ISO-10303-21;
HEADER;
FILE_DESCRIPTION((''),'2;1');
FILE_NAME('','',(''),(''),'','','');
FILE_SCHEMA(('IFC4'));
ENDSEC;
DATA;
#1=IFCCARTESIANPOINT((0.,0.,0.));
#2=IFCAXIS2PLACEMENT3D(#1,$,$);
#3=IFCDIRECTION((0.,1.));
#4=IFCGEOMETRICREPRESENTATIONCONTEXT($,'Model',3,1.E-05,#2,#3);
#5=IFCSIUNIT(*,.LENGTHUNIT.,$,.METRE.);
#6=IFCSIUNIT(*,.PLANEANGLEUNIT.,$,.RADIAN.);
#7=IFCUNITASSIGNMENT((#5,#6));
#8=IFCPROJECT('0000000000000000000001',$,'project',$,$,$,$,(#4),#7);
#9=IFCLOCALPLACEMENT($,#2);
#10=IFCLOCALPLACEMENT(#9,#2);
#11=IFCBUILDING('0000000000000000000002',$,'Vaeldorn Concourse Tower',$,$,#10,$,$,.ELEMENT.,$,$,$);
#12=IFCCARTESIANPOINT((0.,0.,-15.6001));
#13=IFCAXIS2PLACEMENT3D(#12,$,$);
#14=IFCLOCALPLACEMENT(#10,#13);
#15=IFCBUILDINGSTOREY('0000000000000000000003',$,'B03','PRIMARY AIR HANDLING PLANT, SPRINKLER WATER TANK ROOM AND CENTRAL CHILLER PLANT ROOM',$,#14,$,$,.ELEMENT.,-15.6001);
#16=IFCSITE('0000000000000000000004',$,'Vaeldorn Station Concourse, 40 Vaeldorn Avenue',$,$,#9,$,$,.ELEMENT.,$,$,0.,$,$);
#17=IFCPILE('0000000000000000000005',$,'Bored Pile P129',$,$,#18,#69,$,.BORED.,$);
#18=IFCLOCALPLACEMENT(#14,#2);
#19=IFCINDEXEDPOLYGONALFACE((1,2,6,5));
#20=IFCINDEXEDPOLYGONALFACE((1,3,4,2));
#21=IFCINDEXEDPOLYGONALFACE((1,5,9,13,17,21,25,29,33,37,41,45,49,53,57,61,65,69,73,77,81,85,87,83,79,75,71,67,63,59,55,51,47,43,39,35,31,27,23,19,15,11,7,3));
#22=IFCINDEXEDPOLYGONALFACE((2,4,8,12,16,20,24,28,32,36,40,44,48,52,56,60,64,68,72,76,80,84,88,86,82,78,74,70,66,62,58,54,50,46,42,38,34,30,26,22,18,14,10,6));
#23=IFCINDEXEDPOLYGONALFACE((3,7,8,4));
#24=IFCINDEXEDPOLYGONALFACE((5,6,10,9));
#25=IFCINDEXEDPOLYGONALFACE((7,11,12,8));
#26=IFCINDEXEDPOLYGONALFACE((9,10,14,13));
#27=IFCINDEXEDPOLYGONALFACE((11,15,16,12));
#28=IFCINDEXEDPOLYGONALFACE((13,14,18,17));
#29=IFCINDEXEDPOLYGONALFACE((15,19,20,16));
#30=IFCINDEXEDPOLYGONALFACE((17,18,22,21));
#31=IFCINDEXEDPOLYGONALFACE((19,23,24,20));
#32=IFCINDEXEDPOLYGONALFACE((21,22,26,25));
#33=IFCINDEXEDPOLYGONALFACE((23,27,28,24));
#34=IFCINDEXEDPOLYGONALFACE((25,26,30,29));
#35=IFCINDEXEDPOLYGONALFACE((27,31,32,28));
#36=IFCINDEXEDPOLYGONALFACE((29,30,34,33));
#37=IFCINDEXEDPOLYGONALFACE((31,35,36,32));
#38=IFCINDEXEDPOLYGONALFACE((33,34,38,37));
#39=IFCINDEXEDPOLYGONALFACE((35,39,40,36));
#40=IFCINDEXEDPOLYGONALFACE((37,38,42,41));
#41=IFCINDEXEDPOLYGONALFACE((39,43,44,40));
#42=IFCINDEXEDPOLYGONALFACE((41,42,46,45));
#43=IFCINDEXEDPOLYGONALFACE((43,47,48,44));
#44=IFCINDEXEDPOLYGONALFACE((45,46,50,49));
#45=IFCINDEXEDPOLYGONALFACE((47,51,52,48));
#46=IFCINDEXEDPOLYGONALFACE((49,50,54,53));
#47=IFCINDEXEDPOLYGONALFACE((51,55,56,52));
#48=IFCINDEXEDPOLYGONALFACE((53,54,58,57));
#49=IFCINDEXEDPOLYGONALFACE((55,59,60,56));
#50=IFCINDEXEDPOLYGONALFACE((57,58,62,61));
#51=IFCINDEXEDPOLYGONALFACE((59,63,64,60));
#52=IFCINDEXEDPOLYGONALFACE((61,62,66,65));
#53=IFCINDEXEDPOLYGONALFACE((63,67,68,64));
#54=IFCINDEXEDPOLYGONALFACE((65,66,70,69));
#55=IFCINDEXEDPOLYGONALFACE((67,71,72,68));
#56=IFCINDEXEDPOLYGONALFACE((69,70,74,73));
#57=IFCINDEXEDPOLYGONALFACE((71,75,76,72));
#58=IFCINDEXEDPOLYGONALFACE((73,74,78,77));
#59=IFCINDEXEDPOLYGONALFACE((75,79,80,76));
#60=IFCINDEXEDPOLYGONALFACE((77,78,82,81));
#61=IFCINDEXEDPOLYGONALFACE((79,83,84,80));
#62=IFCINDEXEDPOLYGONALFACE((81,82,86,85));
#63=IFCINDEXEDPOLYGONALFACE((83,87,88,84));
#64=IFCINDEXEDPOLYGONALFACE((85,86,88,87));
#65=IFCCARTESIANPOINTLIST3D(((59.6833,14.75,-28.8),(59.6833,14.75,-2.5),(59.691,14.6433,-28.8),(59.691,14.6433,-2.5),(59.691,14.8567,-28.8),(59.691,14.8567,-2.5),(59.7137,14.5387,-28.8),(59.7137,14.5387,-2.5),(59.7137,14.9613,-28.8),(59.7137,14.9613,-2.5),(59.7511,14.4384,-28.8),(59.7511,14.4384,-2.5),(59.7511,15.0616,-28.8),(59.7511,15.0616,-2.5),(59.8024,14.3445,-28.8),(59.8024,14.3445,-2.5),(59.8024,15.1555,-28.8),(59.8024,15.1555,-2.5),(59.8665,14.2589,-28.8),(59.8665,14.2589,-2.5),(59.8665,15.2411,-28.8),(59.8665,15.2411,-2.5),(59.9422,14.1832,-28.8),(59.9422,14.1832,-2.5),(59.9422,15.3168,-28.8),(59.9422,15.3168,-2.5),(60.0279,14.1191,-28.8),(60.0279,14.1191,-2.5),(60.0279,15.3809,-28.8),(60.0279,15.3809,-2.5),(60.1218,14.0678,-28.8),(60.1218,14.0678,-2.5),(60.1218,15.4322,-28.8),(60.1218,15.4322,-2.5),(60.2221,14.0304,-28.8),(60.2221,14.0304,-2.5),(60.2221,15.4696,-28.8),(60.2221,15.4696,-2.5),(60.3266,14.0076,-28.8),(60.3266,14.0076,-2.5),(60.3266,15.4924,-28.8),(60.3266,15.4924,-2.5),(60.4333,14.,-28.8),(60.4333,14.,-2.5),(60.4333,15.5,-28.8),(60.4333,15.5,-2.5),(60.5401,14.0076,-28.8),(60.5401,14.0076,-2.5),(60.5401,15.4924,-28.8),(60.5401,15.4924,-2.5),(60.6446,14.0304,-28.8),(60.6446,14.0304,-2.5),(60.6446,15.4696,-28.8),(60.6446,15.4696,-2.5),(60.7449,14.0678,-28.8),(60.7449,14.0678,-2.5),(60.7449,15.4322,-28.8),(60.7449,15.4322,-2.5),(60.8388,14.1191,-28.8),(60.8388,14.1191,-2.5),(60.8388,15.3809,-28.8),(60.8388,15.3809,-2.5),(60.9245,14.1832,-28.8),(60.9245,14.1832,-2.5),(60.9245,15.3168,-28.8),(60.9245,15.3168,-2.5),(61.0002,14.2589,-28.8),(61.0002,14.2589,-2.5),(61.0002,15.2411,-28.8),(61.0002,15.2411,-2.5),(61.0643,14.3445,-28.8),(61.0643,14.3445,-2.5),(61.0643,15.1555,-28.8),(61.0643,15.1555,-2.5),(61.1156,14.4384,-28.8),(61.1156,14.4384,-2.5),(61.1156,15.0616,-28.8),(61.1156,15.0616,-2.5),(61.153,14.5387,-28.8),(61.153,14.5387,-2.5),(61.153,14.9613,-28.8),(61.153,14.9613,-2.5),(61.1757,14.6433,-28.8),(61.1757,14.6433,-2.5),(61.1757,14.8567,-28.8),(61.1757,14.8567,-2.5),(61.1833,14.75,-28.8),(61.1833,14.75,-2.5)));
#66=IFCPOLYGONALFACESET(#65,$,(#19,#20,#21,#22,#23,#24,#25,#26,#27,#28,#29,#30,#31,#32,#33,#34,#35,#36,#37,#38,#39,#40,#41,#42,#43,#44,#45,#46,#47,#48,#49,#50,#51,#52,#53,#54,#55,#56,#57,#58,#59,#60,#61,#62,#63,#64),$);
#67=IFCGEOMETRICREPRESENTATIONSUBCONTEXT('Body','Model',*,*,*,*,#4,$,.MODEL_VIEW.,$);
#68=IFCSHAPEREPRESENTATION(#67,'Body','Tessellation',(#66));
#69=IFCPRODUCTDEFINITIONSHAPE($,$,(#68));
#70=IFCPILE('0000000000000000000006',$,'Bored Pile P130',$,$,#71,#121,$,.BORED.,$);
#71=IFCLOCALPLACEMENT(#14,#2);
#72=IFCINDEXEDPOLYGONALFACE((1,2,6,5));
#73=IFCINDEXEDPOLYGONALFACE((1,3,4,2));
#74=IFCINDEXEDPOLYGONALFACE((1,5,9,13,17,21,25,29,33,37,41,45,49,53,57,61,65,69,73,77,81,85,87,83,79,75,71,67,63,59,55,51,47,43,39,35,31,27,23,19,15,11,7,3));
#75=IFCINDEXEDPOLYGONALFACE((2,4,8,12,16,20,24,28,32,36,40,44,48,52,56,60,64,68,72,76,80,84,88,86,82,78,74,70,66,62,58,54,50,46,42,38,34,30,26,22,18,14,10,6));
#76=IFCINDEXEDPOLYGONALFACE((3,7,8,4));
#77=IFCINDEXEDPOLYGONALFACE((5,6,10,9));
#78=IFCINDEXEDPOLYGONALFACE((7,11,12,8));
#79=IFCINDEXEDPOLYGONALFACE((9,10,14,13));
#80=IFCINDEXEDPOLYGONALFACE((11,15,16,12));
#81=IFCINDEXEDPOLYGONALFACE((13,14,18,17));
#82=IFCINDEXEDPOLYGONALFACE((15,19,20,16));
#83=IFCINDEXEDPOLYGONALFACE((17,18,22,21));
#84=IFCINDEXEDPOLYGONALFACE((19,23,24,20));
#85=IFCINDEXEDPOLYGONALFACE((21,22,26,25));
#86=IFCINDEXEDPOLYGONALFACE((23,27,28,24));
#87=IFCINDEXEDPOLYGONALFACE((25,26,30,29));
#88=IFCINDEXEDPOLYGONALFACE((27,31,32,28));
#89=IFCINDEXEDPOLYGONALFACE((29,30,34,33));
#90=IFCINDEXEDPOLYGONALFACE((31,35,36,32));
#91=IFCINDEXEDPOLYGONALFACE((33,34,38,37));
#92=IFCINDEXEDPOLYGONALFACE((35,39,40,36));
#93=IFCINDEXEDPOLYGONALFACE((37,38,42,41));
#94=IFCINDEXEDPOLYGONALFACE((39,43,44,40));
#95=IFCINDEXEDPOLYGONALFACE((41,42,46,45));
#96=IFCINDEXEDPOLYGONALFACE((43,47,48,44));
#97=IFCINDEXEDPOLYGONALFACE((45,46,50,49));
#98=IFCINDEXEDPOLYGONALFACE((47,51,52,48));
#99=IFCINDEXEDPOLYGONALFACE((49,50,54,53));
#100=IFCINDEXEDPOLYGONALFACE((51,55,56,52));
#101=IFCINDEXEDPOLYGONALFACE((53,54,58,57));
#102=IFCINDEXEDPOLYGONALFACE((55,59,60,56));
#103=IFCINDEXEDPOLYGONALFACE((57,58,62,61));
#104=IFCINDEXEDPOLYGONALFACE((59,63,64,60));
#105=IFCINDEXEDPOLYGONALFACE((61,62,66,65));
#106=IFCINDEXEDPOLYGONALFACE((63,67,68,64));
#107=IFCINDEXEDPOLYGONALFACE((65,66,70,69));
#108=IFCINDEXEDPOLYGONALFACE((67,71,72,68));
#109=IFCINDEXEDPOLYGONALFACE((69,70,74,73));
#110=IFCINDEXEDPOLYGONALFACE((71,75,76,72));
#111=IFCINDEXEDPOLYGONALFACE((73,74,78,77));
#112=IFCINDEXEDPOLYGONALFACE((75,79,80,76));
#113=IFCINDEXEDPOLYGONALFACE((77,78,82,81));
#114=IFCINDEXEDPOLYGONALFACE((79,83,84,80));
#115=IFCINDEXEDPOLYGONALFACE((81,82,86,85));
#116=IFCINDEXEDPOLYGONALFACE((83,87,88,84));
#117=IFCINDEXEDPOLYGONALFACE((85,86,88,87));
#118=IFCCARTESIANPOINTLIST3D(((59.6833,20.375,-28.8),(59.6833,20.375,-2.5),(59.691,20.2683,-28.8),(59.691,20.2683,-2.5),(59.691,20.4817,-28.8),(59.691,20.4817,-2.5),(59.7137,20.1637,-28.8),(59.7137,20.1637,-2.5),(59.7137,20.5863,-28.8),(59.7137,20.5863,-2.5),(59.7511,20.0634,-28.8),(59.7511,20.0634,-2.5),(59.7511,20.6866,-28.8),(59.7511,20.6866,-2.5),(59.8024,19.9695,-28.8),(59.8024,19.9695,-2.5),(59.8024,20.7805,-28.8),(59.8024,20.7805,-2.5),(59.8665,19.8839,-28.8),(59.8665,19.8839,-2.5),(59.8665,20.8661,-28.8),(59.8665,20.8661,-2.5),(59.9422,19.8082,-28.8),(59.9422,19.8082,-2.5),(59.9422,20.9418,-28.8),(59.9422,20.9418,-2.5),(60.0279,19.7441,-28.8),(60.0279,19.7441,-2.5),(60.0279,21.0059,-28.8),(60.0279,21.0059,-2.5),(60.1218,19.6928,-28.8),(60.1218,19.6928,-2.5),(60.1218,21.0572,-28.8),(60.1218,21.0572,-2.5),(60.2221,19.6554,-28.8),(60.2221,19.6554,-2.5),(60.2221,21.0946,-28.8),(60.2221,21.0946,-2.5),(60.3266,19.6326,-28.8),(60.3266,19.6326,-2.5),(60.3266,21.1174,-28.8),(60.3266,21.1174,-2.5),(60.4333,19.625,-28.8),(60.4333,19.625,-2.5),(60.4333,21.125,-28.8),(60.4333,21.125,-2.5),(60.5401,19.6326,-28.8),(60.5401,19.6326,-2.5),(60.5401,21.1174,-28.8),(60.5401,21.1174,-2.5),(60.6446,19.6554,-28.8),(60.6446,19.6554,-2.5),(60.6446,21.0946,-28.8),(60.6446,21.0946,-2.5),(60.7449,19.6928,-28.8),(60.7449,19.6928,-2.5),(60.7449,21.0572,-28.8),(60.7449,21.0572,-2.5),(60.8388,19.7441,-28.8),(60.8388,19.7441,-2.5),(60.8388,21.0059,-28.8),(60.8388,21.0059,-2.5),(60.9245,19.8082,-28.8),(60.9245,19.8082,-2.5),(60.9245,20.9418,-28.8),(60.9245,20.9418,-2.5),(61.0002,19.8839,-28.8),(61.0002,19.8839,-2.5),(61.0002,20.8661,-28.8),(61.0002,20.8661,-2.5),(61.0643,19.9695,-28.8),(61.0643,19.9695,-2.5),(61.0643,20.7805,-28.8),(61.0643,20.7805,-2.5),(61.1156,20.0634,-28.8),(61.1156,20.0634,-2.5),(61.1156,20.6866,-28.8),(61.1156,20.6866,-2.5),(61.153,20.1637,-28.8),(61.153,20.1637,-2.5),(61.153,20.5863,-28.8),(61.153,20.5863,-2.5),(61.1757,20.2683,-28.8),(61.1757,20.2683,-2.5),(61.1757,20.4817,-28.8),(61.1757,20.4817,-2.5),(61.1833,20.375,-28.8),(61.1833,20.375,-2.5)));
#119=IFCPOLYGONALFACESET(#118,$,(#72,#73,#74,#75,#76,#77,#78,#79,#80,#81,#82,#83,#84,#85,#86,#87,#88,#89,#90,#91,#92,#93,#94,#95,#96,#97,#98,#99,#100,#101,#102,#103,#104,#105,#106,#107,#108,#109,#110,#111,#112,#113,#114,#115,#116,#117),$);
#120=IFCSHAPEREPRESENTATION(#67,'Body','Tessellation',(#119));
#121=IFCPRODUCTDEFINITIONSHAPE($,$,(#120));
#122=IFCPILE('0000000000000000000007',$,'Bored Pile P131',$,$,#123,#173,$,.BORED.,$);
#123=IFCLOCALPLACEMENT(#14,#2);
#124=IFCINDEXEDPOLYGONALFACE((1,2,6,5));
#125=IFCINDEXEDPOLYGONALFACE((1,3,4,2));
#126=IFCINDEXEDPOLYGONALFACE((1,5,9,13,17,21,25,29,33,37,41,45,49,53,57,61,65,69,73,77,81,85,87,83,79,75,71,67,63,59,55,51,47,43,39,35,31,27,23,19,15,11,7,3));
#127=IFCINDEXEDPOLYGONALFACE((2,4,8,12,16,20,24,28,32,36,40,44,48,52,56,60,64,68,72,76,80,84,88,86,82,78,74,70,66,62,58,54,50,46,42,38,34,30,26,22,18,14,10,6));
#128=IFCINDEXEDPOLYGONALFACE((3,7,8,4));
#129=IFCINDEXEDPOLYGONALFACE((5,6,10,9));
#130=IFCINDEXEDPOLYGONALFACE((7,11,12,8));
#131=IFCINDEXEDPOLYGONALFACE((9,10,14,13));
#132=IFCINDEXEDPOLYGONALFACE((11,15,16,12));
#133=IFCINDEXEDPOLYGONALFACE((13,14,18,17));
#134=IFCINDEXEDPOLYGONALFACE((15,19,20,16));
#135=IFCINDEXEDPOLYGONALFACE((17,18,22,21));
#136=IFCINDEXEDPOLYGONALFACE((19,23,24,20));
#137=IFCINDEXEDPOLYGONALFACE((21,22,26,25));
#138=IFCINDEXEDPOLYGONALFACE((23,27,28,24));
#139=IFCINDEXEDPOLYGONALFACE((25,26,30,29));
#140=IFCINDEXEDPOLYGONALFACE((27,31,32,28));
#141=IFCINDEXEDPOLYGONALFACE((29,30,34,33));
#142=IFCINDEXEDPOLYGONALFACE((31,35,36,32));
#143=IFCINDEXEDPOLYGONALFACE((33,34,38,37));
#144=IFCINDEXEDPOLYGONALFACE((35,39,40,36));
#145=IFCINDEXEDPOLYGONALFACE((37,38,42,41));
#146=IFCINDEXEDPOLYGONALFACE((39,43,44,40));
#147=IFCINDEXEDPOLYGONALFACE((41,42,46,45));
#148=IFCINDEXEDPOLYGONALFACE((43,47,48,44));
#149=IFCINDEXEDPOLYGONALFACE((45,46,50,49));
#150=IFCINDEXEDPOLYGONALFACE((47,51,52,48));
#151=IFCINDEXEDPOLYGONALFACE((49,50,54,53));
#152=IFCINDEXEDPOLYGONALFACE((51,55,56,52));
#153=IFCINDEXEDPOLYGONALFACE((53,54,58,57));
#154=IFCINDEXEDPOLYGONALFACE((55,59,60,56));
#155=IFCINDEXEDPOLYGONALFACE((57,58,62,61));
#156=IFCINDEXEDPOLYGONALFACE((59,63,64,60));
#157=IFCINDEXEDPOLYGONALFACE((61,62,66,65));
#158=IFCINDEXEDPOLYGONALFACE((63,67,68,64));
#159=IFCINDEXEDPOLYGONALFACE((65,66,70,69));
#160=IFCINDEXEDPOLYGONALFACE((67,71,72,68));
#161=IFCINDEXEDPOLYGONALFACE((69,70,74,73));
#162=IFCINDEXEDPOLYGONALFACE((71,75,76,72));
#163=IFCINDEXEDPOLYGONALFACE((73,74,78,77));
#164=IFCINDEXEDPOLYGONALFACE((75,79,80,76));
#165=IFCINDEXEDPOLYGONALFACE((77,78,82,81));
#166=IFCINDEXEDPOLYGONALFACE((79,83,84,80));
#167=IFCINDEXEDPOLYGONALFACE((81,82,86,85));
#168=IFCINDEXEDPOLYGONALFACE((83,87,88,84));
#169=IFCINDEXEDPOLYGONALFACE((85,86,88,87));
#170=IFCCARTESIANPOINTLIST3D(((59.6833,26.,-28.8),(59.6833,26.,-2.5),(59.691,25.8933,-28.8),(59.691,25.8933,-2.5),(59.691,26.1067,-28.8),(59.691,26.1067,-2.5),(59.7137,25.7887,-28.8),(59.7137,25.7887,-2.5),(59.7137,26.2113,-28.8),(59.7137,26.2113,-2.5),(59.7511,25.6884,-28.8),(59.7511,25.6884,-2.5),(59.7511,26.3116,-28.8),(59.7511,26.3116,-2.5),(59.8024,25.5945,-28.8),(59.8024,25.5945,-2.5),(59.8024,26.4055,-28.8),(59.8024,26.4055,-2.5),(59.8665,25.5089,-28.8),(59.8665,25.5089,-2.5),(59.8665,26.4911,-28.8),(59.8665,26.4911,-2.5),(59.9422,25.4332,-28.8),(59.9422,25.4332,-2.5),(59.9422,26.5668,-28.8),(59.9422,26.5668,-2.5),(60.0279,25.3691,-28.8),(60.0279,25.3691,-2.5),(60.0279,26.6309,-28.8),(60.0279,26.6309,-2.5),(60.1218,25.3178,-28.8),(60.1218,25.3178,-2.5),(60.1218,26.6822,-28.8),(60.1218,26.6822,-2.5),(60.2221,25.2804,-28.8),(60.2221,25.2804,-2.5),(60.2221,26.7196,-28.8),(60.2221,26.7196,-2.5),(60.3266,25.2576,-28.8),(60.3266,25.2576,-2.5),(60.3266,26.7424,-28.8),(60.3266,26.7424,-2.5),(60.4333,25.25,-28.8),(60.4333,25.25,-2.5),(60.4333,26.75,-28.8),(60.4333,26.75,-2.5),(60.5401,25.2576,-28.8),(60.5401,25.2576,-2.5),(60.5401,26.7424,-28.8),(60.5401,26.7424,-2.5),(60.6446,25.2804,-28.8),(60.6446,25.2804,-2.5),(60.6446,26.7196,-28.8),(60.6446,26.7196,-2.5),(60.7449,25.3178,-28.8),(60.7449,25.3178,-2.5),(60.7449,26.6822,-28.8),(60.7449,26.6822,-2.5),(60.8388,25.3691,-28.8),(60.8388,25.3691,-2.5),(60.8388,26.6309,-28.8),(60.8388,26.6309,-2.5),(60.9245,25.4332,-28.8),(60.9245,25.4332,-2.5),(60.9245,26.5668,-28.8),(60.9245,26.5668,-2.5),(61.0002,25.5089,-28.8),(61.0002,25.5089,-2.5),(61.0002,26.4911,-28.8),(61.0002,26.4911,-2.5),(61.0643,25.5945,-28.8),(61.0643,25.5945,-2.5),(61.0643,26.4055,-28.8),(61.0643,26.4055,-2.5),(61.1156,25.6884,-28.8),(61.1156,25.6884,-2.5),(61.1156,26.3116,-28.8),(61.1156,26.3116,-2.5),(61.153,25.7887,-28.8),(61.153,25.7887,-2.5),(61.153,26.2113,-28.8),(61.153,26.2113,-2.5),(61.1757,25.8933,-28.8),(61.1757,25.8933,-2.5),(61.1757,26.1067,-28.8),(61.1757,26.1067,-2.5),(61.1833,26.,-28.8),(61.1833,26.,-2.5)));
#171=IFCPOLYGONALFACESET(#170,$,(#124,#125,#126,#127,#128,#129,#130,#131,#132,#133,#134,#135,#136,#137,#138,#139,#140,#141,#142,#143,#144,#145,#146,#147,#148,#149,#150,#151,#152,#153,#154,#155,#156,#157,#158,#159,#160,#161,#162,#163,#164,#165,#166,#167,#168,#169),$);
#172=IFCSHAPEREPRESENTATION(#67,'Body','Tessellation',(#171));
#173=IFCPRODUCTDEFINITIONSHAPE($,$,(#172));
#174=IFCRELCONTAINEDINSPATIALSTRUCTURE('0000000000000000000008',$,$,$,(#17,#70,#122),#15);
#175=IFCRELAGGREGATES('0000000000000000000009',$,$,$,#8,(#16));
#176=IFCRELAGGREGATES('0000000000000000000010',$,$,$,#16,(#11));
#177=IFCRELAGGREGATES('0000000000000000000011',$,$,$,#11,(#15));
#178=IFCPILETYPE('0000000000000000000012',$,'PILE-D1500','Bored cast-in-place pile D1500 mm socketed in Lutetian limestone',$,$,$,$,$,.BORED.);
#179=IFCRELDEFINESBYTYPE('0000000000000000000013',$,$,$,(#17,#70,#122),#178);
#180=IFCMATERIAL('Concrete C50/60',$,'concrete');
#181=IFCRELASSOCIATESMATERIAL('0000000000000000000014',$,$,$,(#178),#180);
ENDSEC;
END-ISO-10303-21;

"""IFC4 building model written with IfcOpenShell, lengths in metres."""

from ifc_helpers import new_model, si_unit, direction, frame, origin, origin_2d, place, context, subcontext, project, spatial, circle, extrude, material, material_profile, profile_set, type_object, element, save


model = new_model("IFC4")

# Units and contexts
model_context = context("Model", 3, precision=1e-05, world=origin(), true_north=direction((0.0, 1.0)))
body_context = subcontext(model_context, "Body", "Model", "MODEL_VIEW")
ifc_project = project(units=[si_unit("LENGTHUNIT", "METRE"), si_unit("PLANEANGLEUNIT", "RADIAN")], contexts=[model_context])

# Site, building, storey
site_placement = place(None, origin())
site = spatial("IfcSite", under=ifc_project, at=site_placement, Name="Vaeldorn Station Concourse, 40 Vaeldorn Avenue", CompositionType="ELEMENT", RefElevation=0.0)
building_placement = place(site_placement, origin())
building = spatial("IfcBuilding", under=site, at=building_placement, Name="Vaeldorn Concourse Tower", CompositionType="ELEMENT")
storey_placement = place(building_placement, frame((0.0, 0.0, -15.6001)))
storey = spatial("IfcBuildingStorey", under=building, at=storey_placement, Name="B03", Description="PRIMARY AIR HANDLING PLANT, SPRINKLER WATER TANK ROOM AND CENTRAL CHILLER PLANT ROOM", CompositionType="ELEMENT", Elevation=-15.6001)

# Piles
ifc_material_1 = material(Name="Concrete C50/60", Category="concrete")
ifc_material_profile_1 = material_profile(ifc_material_1, circle(Radius=0.75, at=origin_2d()), Name="BORED PILE D1500")
ifc_profile_set_1 = profile_set([ifc_material_profile_1], Name="Concrete C50/60")
pile_type = type_object("IfcPileType", Name="PILE-D1500", Description="Bored cast-in-place pile D1500 mm socketed in Lutetian limestone", PredefinedType="BORED", material=ifc_profile_set_1)
for number, where, z_axis, x_axis, name in (
    (1, (60.4333, 14.75, -2.5), (0.0, 0.0, -1.0), (1.0, 0.0, 0.0), "Bored Pile P129"),
    (2, (60.4333, 20.375, -2.5), (0.0, 0.0, -1.0), (1.0, 0.0, 0.0), "Bored Pile P130"),
    (3, (60.4333, 26.0, -2.5), (0.0, 0.0, -1.0), (1.0, 0.0, 0.0), "Bored Pile P131"),
):
    element("IfcPile", number, at=place(storey_placement, frame(where, z_axis=z_axis, x_axis=x_axis)), inside=storey, type_object=pile_type, Name=name, PredefinedType="BORED", context=body_context, shape_type="SweptSolid", body=[
        extrude(circle(Radius=0.75, at=origin_2d()), origin(), (0.0, 0.0, 1.0), 26.3),
    ])

save(model, "model.ifc")
